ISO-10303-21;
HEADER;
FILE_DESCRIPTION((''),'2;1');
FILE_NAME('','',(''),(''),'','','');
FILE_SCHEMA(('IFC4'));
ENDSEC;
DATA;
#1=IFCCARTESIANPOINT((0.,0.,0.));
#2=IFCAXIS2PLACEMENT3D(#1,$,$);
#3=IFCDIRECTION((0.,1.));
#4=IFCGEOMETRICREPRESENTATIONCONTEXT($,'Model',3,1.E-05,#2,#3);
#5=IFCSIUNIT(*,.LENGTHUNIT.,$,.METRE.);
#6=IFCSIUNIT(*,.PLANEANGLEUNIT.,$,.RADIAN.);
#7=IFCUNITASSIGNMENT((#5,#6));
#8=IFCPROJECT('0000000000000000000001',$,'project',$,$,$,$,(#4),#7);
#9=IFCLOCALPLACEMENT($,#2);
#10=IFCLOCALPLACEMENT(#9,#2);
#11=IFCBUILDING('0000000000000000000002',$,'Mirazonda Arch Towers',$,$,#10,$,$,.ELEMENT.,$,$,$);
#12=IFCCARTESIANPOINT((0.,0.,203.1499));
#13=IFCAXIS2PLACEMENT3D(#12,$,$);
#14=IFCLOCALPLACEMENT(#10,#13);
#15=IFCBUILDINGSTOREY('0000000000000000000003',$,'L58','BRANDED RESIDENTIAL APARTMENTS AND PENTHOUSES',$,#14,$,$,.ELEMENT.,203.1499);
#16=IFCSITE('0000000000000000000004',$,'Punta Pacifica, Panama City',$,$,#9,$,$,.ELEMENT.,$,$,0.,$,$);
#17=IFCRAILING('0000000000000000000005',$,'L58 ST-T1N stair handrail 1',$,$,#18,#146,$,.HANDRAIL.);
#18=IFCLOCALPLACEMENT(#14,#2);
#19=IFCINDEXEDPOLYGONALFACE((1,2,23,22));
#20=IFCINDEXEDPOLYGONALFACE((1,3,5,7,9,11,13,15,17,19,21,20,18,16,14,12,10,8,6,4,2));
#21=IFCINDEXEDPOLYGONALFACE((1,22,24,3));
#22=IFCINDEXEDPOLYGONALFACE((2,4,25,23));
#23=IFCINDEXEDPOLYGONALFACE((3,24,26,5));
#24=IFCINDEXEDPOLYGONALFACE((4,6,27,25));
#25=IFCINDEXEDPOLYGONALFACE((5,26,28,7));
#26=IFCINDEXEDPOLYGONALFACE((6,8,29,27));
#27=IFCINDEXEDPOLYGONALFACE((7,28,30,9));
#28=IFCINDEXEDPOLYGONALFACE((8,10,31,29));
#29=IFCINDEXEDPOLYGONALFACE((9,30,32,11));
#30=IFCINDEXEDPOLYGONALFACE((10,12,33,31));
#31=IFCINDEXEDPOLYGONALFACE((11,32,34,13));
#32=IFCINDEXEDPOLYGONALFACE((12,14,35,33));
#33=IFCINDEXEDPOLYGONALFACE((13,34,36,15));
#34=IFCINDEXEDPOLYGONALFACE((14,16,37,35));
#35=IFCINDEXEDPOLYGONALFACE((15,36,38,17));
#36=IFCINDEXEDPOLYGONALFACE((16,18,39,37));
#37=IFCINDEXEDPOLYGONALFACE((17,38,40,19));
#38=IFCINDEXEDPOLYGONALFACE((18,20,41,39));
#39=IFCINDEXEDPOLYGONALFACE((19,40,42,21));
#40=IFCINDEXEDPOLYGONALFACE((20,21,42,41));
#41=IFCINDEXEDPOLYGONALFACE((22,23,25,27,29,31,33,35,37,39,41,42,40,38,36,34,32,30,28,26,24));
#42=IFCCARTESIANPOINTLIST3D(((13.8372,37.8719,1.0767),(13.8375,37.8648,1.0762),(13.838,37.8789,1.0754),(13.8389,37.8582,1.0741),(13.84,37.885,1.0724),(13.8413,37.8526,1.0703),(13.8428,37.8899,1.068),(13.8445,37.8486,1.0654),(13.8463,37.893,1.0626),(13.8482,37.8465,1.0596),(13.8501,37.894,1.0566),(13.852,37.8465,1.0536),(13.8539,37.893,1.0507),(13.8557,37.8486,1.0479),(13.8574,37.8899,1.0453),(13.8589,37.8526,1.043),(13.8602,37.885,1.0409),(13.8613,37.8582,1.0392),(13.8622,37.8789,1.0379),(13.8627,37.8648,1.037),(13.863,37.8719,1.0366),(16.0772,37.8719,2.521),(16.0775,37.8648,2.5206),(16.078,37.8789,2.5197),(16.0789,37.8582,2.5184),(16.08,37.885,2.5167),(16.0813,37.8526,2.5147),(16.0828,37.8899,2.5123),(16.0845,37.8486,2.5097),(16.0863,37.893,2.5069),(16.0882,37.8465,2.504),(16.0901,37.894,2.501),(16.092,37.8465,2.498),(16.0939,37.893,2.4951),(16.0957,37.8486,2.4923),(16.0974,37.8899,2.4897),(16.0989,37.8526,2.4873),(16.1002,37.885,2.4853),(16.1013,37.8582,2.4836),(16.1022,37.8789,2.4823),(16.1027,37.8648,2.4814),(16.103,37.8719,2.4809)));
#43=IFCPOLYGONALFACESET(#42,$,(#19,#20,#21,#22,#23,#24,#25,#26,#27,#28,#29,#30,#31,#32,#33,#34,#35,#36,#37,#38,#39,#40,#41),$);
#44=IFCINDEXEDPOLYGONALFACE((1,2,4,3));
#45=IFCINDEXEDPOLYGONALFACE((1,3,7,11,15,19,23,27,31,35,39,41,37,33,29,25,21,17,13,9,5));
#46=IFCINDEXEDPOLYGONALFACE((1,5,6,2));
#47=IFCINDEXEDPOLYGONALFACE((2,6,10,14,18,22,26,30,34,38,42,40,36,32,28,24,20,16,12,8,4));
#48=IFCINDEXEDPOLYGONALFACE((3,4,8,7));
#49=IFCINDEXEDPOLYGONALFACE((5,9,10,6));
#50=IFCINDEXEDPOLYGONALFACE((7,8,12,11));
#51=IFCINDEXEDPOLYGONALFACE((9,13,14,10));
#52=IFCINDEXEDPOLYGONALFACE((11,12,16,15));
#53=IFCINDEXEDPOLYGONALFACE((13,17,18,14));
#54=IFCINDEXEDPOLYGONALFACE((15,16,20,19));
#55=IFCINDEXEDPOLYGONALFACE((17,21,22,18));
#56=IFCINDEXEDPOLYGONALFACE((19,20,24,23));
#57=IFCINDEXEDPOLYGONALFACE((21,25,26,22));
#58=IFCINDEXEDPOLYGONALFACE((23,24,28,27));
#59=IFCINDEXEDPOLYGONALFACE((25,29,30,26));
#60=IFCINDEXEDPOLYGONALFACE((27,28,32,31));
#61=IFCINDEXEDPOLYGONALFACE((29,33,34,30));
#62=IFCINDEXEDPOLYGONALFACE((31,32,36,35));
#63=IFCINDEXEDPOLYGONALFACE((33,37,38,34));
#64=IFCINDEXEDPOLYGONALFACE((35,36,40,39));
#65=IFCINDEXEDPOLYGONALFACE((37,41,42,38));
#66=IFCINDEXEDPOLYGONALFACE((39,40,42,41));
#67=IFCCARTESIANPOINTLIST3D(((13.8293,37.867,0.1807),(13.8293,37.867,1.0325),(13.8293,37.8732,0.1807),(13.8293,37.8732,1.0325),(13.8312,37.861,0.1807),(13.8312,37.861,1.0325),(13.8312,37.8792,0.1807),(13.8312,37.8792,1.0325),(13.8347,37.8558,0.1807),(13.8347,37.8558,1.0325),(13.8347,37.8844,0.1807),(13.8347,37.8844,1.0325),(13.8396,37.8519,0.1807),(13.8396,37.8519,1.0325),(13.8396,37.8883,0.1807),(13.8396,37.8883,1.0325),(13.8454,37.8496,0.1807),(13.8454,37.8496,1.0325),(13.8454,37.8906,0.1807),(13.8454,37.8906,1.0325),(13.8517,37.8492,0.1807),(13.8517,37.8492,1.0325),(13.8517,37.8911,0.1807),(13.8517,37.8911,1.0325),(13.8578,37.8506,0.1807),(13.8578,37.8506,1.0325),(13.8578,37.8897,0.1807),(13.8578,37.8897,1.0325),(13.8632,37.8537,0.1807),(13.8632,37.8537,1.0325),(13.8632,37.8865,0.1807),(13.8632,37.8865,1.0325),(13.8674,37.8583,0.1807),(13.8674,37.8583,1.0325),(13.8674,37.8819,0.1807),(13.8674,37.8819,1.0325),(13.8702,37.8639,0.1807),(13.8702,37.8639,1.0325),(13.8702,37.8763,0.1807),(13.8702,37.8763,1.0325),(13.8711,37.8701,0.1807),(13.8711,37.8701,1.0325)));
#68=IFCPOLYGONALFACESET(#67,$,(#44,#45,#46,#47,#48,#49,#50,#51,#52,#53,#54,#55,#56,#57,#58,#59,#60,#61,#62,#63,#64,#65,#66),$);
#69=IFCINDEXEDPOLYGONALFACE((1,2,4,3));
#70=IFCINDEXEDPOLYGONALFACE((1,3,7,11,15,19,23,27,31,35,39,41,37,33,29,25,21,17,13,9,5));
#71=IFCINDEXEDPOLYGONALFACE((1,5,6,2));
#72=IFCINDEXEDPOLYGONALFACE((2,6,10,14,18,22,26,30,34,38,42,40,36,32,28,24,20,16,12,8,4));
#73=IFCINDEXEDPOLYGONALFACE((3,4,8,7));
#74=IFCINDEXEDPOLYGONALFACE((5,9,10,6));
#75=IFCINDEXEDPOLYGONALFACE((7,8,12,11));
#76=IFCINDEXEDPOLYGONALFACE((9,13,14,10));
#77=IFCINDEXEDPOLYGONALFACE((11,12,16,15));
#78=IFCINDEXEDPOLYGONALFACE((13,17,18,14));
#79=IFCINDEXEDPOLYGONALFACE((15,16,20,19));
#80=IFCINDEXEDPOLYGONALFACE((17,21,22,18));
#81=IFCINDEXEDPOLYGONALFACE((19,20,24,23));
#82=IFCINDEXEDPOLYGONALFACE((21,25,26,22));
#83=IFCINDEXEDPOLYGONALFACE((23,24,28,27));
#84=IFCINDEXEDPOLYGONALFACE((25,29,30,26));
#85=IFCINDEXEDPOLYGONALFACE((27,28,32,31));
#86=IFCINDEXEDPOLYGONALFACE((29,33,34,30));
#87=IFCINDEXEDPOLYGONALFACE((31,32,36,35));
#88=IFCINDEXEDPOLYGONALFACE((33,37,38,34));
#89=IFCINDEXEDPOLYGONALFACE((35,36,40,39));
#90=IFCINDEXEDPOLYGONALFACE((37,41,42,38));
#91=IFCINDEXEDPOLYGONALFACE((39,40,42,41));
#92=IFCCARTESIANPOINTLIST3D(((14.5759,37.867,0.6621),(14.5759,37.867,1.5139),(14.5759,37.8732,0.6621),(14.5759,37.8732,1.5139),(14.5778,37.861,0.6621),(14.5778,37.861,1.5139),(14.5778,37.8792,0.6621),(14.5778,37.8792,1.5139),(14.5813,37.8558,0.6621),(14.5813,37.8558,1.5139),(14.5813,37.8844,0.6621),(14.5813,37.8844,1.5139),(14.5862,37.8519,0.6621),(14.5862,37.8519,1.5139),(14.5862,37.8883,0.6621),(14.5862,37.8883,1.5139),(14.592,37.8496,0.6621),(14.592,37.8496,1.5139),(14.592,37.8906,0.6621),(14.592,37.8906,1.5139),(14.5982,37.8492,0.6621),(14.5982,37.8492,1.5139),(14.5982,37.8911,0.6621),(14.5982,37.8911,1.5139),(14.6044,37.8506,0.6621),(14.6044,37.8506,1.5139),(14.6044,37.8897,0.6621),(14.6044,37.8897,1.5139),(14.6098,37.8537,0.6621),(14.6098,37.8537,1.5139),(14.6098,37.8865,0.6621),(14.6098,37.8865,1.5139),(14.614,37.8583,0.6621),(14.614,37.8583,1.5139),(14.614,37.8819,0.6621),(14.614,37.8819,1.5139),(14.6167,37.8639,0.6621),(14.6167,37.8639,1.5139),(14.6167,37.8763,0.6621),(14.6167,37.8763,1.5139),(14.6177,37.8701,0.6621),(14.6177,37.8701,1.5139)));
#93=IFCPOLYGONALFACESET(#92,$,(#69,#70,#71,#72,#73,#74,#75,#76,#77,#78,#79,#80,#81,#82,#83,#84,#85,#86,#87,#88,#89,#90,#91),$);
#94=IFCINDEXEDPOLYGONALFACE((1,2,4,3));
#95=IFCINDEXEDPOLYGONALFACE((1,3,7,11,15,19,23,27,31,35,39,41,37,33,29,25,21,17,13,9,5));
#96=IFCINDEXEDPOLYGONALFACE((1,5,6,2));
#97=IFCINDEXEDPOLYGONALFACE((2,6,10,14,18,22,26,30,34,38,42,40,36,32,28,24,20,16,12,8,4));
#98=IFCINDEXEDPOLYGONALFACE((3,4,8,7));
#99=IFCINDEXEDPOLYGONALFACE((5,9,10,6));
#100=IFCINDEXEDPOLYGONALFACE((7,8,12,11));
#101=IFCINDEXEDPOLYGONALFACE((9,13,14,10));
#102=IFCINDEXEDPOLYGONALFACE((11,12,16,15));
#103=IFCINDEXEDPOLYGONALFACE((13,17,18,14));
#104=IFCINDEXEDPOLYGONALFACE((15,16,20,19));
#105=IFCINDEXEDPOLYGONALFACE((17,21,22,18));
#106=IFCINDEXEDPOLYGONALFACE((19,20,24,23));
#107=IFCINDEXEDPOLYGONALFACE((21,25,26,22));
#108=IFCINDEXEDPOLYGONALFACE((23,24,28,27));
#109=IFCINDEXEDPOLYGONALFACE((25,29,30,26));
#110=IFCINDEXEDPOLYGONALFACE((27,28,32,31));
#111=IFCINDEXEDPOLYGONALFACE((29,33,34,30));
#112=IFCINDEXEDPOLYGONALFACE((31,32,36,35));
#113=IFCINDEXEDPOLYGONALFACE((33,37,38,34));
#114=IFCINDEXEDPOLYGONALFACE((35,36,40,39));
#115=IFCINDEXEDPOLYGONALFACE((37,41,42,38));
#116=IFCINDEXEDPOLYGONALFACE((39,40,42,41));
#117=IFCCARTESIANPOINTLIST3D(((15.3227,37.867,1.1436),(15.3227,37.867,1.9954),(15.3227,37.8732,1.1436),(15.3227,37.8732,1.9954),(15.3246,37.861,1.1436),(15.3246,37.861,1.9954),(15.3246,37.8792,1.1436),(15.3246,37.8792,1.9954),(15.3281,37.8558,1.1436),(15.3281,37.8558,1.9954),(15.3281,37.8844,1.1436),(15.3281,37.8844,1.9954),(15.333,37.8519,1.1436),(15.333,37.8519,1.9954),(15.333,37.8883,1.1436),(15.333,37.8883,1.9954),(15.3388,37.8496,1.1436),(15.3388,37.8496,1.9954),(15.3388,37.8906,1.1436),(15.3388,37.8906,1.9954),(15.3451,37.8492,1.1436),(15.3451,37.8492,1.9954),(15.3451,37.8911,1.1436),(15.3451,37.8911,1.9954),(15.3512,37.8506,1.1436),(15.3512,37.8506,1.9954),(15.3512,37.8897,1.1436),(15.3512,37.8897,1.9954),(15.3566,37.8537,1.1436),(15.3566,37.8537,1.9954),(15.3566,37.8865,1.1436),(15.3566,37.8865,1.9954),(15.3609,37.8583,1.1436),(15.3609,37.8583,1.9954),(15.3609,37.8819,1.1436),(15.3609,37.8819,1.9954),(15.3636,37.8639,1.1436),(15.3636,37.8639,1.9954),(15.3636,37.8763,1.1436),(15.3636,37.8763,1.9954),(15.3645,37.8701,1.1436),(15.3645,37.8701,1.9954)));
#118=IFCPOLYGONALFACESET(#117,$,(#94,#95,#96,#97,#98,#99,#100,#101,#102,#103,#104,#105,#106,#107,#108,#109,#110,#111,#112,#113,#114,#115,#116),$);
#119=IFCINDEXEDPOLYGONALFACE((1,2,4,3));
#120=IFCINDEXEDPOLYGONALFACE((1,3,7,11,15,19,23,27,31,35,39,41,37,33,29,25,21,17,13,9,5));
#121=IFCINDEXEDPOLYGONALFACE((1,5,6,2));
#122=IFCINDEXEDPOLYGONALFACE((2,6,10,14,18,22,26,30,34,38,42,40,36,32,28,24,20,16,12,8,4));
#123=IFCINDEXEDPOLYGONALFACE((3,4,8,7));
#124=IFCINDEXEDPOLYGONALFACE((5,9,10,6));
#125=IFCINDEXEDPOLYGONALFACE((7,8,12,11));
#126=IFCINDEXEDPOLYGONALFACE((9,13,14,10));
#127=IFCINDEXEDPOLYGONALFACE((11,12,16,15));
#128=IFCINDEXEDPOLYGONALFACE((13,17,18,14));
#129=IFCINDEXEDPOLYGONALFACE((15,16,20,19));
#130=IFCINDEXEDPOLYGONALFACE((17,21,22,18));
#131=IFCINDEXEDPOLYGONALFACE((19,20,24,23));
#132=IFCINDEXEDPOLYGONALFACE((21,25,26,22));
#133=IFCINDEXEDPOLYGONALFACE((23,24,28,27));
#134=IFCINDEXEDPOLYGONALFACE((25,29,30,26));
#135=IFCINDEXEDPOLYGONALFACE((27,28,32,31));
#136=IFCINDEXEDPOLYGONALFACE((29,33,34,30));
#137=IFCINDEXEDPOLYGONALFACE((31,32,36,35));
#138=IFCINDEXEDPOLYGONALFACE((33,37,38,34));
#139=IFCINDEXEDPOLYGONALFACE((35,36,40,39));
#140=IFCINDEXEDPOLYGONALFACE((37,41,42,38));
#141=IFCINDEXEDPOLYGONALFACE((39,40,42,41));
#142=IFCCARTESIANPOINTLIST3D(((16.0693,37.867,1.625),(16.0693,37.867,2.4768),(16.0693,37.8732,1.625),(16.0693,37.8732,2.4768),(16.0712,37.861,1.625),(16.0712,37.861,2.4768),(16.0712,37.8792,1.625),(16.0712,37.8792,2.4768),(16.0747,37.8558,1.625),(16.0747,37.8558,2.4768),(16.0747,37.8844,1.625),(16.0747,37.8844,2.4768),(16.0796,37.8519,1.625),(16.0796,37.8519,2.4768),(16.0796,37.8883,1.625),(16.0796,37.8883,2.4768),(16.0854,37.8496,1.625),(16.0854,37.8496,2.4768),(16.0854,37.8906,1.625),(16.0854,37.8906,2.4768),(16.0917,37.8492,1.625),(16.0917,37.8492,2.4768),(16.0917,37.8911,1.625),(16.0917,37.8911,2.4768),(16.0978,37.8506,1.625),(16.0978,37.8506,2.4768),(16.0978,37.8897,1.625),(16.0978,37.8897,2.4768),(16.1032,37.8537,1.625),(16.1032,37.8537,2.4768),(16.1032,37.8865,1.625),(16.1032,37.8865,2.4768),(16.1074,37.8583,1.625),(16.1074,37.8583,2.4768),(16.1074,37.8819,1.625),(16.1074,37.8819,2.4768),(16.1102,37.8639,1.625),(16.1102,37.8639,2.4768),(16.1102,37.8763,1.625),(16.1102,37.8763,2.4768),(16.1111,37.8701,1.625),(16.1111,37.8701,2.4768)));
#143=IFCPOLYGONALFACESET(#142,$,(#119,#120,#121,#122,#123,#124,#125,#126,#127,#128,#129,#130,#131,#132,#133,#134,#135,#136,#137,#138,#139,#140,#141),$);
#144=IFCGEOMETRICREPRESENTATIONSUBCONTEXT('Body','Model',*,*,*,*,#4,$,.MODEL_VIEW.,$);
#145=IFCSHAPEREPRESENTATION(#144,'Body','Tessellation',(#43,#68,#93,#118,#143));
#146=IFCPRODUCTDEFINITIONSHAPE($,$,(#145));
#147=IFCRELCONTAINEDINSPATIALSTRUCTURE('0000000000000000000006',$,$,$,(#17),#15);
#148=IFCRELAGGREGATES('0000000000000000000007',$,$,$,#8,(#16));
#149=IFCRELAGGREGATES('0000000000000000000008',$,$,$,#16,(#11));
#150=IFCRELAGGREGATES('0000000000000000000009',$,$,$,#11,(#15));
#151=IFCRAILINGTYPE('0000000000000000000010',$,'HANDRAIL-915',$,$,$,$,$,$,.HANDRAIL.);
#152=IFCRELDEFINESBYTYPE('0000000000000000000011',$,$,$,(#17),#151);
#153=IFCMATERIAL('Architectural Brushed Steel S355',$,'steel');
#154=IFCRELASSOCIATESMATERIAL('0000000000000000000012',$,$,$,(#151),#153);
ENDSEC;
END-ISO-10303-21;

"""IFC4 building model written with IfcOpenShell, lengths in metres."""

from ifc_helpers import new_model, si_unit, direction, frame, origin, origin_2d, place, context, subcontext, project, spatial, circle, extrude, material, type_object, element, save


model = new_model("IFC4")

# Units and contexts
model_context = context("Model", 3, precision=1e-05, world=origin(), true_north=direction((0.0, 1.0)))
body_context = subcontext(model_context, "Body", "Model", "MODEL_VIEW")
ifc_project = project(units=[si_unit("LENGTHUNIT", "METRE"), si_unit("PLANEANGLEUNIT", "RADIAN")], contexts=[model_context])

# Site, building, storey
site_placement = place(None, origin())
site = spatial("IfcSite", under=ifc_project, at=site_placement, Name="Punta Pacifica, Panama City", CompositionType="ELEMENT", RefElevation=0.0)
building_placement = place(site_placement, origin())
building = spatial("IfcBuilding", under=site, at=building_placement, Name="Mirazonda Arch Towers", CompositionType="ELEMENT")
storey_placement = place(building_placement, frame((0.0, 0.0, 203.1499)))
storey = spatial("IfcBuildingStorey", under=building, at=storey_placement, Name="L58", Description="BRANDED RESIDENTIAL APARTMENTS AND PENTHOUSES", CompositionType="ELEMENT", Elevation=203.1499)

# Shared definitions
ifc_material_1 = material(Name="Architectural Brushed Steel S355", Category="steel")

# Railing
railing_type_1 = type_object("IfcRailingType", Name="HANDRAIL-915", PredefinedType="HANDRAIL", material=ifc_material_1)
railing_1_placement = place(storey_placement, frame((13.8501, 37.8701, 0.1807)))
element("IfcRailing", 1, at=railing_1_placement, inside=storey, type_object=railing_type_1, Name="L58 ST-T1N stair handrail 1", PredefinedType="HANDRAIL", context=body_context, shape_type="SweptSolid", body=[
    extrude(circle(Radius=0.0239, at=origin_2d()), frame((0.0, 0.0, 0.876), z_axis=(0.840437, 0.0, 0.54191), x_axis=(0.0, 1.0, 0.0)), (0.0, 0.0, 1.0), 2.6653),
    extrude(circle(Radius=0.021, at=origin_2d()), origin(), (0.0, 0.0, 1.0), 0.8518),
    extrude(circle(Radius=0.021, at=origin_2d()), frame((0.7466, 0.0, 0.4814)), (0.0, 0.0, 1.0), 0.8518),
    extrude(circle(Radius=0.021, at=origin_2d()), frame((1.4934, 0.0, 0.9629)), (0.0, 0.0, 1.0), 0.8518),
    extrude(circle(Radius=0.021, at=origin_2d()), frame((2.24, 0.0, 1.4443)), (0.0, 0.0, 1.0), 0.8518),
])

save(model, "model.ifc")
